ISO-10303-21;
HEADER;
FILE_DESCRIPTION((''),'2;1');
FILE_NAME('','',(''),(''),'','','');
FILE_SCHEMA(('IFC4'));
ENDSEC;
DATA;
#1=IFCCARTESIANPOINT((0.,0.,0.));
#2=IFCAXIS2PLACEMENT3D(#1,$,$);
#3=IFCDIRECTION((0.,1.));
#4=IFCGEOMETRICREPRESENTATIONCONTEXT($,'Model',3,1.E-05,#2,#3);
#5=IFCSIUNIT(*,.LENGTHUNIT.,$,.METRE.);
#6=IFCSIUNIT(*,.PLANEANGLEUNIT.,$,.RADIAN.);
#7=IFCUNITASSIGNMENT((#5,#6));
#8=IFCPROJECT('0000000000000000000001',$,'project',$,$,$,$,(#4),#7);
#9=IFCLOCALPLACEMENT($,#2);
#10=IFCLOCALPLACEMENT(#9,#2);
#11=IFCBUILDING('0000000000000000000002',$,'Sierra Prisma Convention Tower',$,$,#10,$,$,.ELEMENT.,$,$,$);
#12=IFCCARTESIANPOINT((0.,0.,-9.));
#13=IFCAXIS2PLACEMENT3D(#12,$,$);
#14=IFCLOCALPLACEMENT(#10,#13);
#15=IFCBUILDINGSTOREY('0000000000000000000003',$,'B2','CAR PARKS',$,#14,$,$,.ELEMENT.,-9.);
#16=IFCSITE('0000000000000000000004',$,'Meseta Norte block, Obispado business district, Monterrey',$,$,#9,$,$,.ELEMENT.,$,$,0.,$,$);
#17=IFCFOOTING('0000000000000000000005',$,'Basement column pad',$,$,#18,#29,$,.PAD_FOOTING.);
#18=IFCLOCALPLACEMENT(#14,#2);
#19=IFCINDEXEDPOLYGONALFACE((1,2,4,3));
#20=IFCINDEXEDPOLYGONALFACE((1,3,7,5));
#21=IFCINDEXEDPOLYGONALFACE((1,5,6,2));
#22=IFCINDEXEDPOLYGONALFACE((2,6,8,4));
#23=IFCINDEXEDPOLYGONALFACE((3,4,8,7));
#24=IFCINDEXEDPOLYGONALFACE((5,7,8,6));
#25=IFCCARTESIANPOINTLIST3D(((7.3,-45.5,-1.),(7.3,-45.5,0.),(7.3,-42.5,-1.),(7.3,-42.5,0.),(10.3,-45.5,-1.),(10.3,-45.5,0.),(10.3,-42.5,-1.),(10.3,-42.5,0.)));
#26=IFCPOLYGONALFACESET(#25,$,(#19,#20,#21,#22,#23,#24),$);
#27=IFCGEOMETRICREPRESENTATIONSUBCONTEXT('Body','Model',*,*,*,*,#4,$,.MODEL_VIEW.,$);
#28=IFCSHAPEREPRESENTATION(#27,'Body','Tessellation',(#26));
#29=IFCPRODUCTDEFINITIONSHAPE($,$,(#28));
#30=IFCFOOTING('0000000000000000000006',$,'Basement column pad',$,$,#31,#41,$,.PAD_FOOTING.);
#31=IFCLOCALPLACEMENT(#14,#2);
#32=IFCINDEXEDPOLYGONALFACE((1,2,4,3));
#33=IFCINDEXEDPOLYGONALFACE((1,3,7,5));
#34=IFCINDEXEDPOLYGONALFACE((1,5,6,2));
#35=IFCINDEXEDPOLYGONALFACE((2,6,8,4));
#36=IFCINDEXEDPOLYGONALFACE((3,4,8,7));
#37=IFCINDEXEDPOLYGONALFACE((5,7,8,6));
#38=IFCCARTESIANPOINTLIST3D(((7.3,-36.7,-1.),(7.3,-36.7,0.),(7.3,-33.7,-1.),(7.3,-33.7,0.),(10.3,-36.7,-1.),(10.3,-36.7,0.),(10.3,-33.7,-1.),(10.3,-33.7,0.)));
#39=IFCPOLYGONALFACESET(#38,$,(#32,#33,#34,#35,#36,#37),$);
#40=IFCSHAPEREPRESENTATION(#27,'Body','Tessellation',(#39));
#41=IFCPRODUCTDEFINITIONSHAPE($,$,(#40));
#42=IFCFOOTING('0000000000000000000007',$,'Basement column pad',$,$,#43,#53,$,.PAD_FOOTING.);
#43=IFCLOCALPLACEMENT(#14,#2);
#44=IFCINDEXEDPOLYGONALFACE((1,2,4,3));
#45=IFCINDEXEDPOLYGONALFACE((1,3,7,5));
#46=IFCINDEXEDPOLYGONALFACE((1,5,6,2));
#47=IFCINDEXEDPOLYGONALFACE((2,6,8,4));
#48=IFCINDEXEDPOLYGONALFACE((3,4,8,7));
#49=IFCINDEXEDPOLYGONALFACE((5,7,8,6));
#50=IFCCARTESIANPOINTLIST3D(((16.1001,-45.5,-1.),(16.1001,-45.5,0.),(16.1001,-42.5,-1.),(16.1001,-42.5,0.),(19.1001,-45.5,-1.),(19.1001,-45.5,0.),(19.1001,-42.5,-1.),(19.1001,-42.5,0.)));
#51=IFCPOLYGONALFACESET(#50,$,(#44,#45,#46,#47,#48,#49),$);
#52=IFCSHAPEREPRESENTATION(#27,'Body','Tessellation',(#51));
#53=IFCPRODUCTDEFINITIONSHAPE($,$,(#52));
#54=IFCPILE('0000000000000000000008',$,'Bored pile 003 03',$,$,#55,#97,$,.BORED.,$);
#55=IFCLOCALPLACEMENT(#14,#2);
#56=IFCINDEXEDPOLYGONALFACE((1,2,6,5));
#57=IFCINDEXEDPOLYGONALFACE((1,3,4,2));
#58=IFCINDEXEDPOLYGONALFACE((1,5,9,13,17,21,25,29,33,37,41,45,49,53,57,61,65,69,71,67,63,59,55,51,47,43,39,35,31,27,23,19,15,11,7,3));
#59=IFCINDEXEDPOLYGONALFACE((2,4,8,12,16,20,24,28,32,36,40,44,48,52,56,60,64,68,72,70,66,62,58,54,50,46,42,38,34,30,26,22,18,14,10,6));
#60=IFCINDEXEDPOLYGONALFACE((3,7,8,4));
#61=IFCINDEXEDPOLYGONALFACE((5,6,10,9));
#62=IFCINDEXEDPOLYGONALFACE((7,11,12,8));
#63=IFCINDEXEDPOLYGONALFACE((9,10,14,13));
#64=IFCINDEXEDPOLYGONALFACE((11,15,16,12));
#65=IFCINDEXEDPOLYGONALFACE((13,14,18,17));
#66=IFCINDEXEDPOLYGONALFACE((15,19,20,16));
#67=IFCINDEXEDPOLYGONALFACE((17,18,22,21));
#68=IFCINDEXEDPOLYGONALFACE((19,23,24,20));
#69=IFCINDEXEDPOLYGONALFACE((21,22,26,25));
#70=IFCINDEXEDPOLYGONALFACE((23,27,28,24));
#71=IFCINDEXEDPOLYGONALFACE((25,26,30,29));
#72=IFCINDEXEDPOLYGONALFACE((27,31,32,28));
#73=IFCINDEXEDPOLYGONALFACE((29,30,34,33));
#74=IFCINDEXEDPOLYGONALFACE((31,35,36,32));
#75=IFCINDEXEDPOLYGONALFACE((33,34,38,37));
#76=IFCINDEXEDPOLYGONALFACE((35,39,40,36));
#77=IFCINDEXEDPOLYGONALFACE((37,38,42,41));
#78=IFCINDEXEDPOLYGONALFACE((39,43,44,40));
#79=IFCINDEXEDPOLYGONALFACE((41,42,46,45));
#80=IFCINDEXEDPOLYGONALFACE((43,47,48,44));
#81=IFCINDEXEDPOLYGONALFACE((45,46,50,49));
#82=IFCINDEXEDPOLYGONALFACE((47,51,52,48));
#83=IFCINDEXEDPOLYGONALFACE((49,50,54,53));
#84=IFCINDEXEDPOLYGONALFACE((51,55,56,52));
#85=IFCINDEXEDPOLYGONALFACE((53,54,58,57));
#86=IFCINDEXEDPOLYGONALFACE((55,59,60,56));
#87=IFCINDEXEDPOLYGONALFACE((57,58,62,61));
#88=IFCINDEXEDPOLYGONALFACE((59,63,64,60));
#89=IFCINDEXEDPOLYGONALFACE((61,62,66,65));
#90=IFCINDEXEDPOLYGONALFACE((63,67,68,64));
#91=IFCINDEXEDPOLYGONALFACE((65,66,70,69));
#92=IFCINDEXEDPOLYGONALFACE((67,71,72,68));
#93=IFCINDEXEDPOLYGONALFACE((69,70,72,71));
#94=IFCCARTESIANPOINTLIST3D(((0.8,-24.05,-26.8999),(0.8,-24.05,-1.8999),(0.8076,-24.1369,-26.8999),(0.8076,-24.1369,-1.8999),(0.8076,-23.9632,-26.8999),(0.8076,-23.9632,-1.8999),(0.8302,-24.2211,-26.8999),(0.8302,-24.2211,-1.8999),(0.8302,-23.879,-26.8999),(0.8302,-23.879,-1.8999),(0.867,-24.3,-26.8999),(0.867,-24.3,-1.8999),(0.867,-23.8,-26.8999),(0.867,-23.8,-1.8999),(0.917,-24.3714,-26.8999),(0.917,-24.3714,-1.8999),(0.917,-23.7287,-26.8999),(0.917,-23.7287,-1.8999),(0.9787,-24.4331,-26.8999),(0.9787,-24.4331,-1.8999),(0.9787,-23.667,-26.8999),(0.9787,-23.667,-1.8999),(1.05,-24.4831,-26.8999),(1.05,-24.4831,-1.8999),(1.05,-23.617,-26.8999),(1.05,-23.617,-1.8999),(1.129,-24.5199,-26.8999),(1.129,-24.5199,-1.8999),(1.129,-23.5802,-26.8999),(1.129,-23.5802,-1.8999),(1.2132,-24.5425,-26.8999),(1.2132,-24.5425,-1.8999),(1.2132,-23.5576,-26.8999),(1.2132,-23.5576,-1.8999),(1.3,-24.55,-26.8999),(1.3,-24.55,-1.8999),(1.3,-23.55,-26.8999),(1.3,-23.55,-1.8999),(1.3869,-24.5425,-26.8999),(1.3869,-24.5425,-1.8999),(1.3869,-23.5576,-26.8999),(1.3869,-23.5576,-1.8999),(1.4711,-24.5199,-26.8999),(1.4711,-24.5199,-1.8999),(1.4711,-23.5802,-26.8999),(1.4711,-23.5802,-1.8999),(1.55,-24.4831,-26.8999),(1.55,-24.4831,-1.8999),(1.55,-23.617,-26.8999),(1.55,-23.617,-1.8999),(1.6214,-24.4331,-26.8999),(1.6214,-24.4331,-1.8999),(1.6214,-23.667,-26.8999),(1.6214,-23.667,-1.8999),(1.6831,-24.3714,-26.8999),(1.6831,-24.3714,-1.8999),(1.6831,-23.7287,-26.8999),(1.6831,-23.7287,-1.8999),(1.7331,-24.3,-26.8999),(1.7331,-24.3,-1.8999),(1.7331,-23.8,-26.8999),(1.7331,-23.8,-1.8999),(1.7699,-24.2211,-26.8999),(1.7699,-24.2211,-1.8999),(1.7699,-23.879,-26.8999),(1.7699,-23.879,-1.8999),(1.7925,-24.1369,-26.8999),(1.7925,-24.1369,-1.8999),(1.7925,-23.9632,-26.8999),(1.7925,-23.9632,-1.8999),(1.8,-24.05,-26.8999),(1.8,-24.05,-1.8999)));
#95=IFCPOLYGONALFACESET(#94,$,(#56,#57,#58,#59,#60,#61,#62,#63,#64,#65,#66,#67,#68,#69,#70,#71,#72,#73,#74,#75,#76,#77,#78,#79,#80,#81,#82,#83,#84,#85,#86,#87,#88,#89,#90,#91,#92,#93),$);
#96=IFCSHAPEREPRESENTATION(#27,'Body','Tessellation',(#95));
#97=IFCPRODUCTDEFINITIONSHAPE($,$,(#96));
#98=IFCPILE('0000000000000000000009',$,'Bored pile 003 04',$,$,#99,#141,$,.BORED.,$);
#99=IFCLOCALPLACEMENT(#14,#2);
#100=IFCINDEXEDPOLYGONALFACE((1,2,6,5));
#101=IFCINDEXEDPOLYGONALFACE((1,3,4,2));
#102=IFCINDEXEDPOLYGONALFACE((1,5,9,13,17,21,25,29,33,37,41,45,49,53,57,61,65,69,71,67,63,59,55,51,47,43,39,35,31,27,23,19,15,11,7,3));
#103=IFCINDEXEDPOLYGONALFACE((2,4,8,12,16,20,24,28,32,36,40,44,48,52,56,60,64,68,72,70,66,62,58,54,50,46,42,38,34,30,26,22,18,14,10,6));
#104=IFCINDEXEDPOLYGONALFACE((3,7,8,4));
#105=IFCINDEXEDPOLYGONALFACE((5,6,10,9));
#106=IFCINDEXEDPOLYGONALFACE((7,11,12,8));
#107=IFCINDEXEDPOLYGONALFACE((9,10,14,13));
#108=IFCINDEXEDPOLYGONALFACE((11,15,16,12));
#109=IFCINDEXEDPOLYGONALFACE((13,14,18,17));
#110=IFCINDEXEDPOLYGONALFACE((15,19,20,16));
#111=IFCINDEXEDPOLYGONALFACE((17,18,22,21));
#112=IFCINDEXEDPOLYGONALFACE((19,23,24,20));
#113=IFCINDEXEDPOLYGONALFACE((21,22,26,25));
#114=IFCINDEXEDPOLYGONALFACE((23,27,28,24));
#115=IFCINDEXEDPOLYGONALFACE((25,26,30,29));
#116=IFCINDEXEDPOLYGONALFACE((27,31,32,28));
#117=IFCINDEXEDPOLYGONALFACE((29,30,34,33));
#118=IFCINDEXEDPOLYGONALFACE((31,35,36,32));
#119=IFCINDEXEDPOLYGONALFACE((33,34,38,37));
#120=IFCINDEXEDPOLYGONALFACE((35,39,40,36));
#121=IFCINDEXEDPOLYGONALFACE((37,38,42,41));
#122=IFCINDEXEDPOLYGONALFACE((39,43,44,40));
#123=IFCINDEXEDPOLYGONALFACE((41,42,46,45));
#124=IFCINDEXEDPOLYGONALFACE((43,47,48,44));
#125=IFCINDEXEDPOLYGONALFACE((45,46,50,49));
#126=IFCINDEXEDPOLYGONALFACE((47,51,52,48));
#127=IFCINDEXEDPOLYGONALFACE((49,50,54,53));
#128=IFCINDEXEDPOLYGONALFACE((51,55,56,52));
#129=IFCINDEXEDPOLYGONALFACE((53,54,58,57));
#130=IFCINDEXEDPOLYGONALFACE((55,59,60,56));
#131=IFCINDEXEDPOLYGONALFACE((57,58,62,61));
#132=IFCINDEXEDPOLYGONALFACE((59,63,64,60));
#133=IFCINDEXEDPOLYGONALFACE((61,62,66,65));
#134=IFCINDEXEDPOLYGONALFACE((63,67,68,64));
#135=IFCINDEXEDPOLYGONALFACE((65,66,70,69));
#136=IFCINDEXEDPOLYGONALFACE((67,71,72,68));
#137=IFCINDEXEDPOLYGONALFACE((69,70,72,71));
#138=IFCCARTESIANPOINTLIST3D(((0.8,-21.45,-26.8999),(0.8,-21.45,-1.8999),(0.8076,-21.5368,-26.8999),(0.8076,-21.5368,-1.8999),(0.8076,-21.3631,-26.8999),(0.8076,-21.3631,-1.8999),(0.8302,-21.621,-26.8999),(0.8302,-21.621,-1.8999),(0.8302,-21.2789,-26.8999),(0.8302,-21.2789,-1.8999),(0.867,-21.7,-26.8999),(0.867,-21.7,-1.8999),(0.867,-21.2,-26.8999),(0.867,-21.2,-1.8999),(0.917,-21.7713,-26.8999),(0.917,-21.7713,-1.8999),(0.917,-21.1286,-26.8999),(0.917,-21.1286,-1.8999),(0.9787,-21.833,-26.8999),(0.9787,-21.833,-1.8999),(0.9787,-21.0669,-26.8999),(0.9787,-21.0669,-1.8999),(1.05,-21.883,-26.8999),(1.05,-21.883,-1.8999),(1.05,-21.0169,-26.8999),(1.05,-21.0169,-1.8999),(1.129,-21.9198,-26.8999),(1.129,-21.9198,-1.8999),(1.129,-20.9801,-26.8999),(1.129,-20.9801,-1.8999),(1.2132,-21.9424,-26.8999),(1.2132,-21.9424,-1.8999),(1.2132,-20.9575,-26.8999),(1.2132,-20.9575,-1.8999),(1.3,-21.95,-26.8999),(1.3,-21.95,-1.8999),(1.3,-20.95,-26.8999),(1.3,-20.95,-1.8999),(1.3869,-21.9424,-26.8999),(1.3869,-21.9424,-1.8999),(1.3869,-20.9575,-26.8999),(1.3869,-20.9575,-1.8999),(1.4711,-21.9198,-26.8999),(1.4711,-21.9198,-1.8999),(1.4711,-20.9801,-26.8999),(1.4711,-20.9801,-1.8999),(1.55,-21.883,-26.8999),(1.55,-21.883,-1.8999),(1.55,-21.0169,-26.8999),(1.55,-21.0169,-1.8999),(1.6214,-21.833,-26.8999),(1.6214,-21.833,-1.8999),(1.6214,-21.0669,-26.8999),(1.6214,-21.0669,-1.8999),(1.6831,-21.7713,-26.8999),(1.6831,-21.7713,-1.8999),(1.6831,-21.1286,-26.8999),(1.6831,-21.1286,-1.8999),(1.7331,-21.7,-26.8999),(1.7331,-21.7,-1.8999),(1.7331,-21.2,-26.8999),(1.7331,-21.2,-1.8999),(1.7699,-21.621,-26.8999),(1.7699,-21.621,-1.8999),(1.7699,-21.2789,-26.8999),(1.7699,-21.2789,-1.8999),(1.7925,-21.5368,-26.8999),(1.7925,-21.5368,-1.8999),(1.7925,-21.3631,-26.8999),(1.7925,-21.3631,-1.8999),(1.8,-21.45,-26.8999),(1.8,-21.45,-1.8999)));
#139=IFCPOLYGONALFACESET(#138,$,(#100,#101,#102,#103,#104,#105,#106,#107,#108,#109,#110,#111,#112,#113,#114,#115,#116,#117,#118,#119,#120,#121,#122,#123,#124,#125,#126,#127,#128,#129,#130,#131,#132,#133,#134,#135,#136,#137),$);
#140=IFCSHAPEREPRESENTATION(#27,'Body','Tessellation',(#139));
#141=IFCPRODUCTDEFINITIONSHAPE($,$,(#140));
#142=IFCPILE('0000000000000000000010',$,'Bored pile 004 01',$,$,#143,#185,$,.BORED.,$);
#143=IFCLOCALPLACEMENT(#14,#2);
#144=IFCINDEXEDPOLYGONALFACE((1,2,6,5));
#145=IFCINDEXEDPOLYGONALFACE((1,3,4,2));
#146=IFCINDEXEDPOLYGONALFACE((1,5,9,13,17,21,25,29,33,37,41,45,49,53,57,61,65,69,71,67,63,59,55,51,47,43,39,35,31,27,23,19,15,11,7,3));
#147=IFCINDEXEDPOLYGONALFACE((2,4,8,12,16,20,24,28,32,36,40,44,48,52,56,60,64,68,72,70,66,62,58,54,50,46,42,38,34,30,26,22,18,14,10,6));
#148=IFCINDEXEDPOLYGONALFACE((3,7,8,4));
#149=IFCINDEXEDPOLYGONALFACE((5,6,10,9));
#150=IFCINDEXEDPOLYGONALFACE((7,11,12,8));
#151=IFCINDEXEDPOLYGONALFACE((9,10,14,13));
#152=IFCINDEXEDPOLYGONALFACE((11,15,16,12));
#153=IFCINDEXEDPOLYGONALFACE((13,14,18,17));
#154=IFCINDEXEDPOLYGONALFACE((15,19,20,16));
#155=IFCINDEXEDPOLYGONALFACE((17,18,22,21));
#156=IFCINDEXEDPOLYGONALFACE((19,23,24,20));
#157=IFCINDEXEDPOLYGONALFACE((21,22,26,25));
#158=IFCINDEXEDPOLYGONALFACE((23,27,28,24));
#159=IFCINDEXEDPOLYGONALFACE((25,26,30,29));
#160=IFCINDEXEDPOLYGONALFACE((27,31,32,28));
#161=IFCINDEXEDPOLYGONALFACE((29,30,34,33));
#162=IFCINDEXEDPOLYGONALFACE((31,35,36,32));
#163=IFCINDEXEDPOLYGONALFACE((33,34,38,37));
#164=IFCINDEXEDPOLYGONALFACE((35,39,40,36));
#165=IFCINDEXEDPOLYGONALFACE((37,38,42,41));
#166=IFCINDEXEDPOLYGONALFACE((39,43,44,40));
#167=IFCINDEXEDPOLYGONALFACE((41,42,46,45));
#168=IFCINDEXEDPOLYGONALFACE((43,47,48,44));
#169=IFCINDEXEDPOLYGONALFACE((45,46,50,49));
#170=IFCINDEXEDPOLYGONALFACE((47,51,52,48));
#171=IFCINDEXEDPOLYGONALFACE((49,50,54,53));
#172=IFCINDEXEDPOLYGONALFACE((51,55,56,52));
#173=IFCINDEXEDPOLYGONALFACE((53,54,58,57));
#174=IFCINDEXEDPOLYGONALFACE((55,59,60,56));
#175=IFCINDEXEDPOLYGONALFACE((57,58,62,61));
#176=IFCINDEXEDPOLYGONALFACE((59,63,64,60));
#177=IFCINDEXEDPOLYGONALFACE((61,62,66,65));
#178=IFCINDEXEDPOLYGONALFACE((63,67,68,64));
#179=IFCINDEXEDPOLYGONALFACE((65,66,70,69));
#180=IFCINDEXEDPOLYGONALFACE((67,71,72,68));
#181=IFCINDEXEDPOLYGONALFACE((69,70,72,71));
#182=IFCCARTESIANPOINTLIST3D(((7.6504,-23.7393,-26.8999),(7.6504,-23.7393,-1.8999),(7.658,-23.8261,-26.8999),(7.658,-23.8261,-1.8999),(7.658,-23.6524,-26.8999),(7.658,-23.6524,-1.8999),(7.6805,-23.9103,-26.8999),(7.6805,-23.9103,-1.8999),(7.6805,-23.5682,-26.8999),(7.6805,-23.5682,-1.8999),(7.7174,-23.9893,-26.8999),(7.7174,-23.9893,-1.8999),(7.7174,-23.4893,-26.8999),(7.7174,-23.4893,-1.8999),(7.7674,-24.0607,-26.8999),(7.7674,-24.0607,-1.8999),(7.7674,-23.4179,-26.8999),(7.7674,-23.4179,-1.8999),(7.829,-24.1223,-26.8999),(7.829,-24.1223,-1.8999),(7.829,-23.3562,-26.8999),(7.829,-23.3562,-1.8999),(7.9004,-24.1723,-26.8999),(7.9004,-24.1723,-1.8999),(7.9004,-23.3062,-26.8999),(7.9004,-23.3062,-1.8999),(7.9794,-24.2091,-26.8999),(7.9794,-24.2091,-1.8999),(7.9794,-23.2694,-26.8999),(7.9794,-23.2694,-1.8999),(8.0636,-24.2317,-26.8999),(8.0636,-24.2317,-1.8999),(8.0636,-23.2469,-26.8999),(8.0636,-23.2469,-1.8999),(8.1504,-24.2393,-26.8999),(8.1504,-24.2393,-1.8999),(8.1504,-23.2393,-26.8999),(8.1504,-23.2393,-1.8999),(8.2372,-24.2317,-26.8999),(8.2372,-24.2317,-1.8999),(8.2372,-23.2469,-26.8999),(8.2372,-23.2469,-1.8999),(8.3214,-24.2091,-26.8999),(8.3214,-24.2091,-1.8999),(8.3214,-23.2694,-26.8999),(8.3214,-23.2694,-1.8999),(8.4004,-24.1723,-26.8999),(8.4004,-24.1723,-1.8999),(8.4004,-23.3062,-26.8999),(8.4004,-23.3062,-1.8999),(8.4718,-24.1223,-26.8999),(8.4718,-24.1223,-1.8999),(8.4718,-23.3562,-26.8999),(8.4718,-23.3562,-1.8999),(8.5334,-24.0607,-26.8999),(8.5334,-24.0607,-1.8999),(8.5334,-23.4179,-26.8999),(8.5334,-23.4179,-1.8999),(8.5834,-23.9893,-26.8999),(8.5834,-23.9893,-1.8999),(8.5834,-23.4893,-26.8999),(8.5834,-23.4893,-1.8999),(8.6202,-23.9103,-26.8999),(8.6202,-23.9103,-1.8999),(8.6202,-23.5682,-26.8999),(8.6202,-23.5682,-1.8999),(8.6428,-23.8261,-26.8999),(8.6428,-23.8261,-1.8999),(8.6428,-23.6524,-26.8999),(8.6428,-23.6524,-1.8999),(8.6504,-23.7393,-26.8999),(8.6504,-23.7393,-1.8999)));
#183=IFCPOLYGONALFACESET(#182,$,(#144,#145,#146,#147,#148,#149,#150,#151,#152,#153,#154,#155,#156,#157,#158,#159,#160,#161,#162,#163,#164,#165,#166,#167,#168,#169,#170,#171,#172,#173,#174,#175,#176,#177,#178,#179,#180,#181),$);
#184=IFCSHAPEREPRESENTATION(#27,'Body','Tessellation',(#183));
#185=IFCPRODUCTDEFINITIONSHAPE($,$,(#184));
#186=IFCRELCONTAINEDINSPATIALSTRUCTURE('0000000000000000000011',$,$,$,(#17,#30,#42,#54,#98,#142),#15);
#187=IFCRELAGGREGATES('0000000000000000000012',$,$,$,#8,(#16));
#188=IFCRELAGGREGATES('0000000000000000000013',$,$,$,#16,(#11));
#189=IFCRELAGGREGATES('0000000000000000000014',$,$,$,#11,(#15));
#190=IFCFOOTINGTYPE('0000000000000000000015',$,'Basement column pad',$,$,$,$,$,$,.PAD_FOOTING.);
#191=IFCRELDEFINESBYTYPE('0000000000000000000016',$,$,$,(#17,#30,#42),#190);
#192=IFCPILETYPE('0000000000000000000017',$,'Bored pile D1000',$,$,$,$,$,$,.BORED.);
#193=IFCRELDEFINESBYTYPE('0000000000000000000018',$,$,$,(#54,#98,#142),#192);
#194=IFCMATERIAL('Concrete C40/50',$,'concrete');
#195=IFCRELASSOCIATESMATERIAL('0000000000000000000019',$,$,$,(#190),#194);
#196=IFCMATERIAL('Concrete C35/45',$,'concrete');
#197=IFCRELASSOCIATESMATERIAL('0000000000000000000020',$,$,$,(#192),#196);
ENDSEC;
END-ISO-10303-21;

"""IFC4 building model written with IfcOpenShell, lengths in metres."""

from ifc_helpers import new_model, si_unit, direction, frame, origin, origin_2d, place, context, subcontext, project, spatial, rectangle, circle, extrude, material, material_profile, profile_set, type_object, element, save


model = new_model("IFC4")

# Units and contexts
model_context = context("Model", 3, precision=1e-05, world=origin(), true_north=direction((0.0, 1.0)))
body_context = subcontext(model_context, "Body", "Model", "MODEL_VIEW")
ifc_project = project(units=[si_unit("LENGTHUNIT", "METRE"), si_unit("PLANEANGLEUNIT", "RADIAN")], contexts=[model_context])

# Site, building, storey
site_placement = place(None, origin())
site = spatial("IfcSite", under=ifc_project, at=site_placement, Name="Meseta Norte block, Obispado business district, Monterrey", CompositionType="ELEMENT", RefElevation=0.0)
building_placement = place(site_placement, origin())
building = spatial("IfcBuilding", under=site, at=building_placement, Name="Sierra Prisma Convention Tower", CompositionType="ELEMENT")
storey_placement = place(building_placement, frame((0.0, 0.0, -9.0)))
storey = spatial("IfcBuildingStorey", under=building, at=storey_placement, Name="B2", Description="CAR PARKS", CompositionType="ELEMENT", Elevation=-9.0)

# Footings
ifc_material_1 = material(Name="Concrete C40/50", Category="concrete")
footing_type_1 = type_object("IfcFootingType", Name="Basement column pad", PredefinedType="PAD_FOOTING", material=ifc_material_1)
for number, where, z_axis, x_axis, name in (
    (1, (8.8, -44.0, -1.0), (0.0, 0.0, 1.0), (1.0, 0.0, 0.0), "Basement column pad"),
    (2, (8.8, -35.2, -1.0), (0.0, 0.0, 1.0), (1.0, 0.0, 0.0), "Basement column pad"),
    (3, (17.6001, -44.0, -1.0), (0.0, 0.0, 1.0), (1.0, 0.0, 0.0), "Basement column pad"),
):
    element("IfcFooting", number, at=place(storey_placement, frame(where, z_axis=z_axis, x_axis=x_axis)), inside=storey, type_object=footing_type_1, Name=name, PredefinedType="PAD_FOOTING", context=body_context, shape_type="SweptSolid", body=[
        extrude(rectangle(XDim=3.0, YDim=3.0, at=origin_2d()), origin(), (0.0, 0.0, 1.0), 1.0),
    ])

# Piles
ifc_material_2 = material(Name="Concrete C35/45", Category="concrete")
ifc_material_profile_1 = material_profile(ifc_material_2, circle(Radius=0.5, at=origin_2d()), Name="D1000")
ifc_profile_set_1 = profile_set([ifc_material_profile_1], Name="Concrete C35/45")
pile_type_1 = type_object("IfcPileType", Name="Bored pile D1000", PredefinedType="BORED", material=ifc_profile_set_1)
for number, where, z_axis, x_axis, name in (
    (4, (1.3, -24.05, -1.8999), (0.0, 0.0, -1.0), (1.0, 0.0, 0.0), "Bored pile 003 03"),
    (5, (1.3, -21.45, -1.8999), (0.0, 0.0, -1.0), (1.0, 0.0, 0.0), "Bored pile 003 04"),
    (6, (8.1504, -23.7393, -1.8999), (0.0, 0.0, -1.0), (1.0, 0.0, 0.0), "Bored pile 004 01"),
):
    element("IfcPile", number, at=place(storey_placement, frame(where, z_axis=z_axis, x_axis=x_axis)), inside=storey, type_object=pile_type_1, Name=name, PredefinedType="BORED", context=body_context, shape_type="SweptSolid", body=[
        extrude(circle(Radius=0.5, at=origin_2d()), origin(), (0.0, 0.0, 1.0), 25.0),
    ])

save(model, "model.ifc")
